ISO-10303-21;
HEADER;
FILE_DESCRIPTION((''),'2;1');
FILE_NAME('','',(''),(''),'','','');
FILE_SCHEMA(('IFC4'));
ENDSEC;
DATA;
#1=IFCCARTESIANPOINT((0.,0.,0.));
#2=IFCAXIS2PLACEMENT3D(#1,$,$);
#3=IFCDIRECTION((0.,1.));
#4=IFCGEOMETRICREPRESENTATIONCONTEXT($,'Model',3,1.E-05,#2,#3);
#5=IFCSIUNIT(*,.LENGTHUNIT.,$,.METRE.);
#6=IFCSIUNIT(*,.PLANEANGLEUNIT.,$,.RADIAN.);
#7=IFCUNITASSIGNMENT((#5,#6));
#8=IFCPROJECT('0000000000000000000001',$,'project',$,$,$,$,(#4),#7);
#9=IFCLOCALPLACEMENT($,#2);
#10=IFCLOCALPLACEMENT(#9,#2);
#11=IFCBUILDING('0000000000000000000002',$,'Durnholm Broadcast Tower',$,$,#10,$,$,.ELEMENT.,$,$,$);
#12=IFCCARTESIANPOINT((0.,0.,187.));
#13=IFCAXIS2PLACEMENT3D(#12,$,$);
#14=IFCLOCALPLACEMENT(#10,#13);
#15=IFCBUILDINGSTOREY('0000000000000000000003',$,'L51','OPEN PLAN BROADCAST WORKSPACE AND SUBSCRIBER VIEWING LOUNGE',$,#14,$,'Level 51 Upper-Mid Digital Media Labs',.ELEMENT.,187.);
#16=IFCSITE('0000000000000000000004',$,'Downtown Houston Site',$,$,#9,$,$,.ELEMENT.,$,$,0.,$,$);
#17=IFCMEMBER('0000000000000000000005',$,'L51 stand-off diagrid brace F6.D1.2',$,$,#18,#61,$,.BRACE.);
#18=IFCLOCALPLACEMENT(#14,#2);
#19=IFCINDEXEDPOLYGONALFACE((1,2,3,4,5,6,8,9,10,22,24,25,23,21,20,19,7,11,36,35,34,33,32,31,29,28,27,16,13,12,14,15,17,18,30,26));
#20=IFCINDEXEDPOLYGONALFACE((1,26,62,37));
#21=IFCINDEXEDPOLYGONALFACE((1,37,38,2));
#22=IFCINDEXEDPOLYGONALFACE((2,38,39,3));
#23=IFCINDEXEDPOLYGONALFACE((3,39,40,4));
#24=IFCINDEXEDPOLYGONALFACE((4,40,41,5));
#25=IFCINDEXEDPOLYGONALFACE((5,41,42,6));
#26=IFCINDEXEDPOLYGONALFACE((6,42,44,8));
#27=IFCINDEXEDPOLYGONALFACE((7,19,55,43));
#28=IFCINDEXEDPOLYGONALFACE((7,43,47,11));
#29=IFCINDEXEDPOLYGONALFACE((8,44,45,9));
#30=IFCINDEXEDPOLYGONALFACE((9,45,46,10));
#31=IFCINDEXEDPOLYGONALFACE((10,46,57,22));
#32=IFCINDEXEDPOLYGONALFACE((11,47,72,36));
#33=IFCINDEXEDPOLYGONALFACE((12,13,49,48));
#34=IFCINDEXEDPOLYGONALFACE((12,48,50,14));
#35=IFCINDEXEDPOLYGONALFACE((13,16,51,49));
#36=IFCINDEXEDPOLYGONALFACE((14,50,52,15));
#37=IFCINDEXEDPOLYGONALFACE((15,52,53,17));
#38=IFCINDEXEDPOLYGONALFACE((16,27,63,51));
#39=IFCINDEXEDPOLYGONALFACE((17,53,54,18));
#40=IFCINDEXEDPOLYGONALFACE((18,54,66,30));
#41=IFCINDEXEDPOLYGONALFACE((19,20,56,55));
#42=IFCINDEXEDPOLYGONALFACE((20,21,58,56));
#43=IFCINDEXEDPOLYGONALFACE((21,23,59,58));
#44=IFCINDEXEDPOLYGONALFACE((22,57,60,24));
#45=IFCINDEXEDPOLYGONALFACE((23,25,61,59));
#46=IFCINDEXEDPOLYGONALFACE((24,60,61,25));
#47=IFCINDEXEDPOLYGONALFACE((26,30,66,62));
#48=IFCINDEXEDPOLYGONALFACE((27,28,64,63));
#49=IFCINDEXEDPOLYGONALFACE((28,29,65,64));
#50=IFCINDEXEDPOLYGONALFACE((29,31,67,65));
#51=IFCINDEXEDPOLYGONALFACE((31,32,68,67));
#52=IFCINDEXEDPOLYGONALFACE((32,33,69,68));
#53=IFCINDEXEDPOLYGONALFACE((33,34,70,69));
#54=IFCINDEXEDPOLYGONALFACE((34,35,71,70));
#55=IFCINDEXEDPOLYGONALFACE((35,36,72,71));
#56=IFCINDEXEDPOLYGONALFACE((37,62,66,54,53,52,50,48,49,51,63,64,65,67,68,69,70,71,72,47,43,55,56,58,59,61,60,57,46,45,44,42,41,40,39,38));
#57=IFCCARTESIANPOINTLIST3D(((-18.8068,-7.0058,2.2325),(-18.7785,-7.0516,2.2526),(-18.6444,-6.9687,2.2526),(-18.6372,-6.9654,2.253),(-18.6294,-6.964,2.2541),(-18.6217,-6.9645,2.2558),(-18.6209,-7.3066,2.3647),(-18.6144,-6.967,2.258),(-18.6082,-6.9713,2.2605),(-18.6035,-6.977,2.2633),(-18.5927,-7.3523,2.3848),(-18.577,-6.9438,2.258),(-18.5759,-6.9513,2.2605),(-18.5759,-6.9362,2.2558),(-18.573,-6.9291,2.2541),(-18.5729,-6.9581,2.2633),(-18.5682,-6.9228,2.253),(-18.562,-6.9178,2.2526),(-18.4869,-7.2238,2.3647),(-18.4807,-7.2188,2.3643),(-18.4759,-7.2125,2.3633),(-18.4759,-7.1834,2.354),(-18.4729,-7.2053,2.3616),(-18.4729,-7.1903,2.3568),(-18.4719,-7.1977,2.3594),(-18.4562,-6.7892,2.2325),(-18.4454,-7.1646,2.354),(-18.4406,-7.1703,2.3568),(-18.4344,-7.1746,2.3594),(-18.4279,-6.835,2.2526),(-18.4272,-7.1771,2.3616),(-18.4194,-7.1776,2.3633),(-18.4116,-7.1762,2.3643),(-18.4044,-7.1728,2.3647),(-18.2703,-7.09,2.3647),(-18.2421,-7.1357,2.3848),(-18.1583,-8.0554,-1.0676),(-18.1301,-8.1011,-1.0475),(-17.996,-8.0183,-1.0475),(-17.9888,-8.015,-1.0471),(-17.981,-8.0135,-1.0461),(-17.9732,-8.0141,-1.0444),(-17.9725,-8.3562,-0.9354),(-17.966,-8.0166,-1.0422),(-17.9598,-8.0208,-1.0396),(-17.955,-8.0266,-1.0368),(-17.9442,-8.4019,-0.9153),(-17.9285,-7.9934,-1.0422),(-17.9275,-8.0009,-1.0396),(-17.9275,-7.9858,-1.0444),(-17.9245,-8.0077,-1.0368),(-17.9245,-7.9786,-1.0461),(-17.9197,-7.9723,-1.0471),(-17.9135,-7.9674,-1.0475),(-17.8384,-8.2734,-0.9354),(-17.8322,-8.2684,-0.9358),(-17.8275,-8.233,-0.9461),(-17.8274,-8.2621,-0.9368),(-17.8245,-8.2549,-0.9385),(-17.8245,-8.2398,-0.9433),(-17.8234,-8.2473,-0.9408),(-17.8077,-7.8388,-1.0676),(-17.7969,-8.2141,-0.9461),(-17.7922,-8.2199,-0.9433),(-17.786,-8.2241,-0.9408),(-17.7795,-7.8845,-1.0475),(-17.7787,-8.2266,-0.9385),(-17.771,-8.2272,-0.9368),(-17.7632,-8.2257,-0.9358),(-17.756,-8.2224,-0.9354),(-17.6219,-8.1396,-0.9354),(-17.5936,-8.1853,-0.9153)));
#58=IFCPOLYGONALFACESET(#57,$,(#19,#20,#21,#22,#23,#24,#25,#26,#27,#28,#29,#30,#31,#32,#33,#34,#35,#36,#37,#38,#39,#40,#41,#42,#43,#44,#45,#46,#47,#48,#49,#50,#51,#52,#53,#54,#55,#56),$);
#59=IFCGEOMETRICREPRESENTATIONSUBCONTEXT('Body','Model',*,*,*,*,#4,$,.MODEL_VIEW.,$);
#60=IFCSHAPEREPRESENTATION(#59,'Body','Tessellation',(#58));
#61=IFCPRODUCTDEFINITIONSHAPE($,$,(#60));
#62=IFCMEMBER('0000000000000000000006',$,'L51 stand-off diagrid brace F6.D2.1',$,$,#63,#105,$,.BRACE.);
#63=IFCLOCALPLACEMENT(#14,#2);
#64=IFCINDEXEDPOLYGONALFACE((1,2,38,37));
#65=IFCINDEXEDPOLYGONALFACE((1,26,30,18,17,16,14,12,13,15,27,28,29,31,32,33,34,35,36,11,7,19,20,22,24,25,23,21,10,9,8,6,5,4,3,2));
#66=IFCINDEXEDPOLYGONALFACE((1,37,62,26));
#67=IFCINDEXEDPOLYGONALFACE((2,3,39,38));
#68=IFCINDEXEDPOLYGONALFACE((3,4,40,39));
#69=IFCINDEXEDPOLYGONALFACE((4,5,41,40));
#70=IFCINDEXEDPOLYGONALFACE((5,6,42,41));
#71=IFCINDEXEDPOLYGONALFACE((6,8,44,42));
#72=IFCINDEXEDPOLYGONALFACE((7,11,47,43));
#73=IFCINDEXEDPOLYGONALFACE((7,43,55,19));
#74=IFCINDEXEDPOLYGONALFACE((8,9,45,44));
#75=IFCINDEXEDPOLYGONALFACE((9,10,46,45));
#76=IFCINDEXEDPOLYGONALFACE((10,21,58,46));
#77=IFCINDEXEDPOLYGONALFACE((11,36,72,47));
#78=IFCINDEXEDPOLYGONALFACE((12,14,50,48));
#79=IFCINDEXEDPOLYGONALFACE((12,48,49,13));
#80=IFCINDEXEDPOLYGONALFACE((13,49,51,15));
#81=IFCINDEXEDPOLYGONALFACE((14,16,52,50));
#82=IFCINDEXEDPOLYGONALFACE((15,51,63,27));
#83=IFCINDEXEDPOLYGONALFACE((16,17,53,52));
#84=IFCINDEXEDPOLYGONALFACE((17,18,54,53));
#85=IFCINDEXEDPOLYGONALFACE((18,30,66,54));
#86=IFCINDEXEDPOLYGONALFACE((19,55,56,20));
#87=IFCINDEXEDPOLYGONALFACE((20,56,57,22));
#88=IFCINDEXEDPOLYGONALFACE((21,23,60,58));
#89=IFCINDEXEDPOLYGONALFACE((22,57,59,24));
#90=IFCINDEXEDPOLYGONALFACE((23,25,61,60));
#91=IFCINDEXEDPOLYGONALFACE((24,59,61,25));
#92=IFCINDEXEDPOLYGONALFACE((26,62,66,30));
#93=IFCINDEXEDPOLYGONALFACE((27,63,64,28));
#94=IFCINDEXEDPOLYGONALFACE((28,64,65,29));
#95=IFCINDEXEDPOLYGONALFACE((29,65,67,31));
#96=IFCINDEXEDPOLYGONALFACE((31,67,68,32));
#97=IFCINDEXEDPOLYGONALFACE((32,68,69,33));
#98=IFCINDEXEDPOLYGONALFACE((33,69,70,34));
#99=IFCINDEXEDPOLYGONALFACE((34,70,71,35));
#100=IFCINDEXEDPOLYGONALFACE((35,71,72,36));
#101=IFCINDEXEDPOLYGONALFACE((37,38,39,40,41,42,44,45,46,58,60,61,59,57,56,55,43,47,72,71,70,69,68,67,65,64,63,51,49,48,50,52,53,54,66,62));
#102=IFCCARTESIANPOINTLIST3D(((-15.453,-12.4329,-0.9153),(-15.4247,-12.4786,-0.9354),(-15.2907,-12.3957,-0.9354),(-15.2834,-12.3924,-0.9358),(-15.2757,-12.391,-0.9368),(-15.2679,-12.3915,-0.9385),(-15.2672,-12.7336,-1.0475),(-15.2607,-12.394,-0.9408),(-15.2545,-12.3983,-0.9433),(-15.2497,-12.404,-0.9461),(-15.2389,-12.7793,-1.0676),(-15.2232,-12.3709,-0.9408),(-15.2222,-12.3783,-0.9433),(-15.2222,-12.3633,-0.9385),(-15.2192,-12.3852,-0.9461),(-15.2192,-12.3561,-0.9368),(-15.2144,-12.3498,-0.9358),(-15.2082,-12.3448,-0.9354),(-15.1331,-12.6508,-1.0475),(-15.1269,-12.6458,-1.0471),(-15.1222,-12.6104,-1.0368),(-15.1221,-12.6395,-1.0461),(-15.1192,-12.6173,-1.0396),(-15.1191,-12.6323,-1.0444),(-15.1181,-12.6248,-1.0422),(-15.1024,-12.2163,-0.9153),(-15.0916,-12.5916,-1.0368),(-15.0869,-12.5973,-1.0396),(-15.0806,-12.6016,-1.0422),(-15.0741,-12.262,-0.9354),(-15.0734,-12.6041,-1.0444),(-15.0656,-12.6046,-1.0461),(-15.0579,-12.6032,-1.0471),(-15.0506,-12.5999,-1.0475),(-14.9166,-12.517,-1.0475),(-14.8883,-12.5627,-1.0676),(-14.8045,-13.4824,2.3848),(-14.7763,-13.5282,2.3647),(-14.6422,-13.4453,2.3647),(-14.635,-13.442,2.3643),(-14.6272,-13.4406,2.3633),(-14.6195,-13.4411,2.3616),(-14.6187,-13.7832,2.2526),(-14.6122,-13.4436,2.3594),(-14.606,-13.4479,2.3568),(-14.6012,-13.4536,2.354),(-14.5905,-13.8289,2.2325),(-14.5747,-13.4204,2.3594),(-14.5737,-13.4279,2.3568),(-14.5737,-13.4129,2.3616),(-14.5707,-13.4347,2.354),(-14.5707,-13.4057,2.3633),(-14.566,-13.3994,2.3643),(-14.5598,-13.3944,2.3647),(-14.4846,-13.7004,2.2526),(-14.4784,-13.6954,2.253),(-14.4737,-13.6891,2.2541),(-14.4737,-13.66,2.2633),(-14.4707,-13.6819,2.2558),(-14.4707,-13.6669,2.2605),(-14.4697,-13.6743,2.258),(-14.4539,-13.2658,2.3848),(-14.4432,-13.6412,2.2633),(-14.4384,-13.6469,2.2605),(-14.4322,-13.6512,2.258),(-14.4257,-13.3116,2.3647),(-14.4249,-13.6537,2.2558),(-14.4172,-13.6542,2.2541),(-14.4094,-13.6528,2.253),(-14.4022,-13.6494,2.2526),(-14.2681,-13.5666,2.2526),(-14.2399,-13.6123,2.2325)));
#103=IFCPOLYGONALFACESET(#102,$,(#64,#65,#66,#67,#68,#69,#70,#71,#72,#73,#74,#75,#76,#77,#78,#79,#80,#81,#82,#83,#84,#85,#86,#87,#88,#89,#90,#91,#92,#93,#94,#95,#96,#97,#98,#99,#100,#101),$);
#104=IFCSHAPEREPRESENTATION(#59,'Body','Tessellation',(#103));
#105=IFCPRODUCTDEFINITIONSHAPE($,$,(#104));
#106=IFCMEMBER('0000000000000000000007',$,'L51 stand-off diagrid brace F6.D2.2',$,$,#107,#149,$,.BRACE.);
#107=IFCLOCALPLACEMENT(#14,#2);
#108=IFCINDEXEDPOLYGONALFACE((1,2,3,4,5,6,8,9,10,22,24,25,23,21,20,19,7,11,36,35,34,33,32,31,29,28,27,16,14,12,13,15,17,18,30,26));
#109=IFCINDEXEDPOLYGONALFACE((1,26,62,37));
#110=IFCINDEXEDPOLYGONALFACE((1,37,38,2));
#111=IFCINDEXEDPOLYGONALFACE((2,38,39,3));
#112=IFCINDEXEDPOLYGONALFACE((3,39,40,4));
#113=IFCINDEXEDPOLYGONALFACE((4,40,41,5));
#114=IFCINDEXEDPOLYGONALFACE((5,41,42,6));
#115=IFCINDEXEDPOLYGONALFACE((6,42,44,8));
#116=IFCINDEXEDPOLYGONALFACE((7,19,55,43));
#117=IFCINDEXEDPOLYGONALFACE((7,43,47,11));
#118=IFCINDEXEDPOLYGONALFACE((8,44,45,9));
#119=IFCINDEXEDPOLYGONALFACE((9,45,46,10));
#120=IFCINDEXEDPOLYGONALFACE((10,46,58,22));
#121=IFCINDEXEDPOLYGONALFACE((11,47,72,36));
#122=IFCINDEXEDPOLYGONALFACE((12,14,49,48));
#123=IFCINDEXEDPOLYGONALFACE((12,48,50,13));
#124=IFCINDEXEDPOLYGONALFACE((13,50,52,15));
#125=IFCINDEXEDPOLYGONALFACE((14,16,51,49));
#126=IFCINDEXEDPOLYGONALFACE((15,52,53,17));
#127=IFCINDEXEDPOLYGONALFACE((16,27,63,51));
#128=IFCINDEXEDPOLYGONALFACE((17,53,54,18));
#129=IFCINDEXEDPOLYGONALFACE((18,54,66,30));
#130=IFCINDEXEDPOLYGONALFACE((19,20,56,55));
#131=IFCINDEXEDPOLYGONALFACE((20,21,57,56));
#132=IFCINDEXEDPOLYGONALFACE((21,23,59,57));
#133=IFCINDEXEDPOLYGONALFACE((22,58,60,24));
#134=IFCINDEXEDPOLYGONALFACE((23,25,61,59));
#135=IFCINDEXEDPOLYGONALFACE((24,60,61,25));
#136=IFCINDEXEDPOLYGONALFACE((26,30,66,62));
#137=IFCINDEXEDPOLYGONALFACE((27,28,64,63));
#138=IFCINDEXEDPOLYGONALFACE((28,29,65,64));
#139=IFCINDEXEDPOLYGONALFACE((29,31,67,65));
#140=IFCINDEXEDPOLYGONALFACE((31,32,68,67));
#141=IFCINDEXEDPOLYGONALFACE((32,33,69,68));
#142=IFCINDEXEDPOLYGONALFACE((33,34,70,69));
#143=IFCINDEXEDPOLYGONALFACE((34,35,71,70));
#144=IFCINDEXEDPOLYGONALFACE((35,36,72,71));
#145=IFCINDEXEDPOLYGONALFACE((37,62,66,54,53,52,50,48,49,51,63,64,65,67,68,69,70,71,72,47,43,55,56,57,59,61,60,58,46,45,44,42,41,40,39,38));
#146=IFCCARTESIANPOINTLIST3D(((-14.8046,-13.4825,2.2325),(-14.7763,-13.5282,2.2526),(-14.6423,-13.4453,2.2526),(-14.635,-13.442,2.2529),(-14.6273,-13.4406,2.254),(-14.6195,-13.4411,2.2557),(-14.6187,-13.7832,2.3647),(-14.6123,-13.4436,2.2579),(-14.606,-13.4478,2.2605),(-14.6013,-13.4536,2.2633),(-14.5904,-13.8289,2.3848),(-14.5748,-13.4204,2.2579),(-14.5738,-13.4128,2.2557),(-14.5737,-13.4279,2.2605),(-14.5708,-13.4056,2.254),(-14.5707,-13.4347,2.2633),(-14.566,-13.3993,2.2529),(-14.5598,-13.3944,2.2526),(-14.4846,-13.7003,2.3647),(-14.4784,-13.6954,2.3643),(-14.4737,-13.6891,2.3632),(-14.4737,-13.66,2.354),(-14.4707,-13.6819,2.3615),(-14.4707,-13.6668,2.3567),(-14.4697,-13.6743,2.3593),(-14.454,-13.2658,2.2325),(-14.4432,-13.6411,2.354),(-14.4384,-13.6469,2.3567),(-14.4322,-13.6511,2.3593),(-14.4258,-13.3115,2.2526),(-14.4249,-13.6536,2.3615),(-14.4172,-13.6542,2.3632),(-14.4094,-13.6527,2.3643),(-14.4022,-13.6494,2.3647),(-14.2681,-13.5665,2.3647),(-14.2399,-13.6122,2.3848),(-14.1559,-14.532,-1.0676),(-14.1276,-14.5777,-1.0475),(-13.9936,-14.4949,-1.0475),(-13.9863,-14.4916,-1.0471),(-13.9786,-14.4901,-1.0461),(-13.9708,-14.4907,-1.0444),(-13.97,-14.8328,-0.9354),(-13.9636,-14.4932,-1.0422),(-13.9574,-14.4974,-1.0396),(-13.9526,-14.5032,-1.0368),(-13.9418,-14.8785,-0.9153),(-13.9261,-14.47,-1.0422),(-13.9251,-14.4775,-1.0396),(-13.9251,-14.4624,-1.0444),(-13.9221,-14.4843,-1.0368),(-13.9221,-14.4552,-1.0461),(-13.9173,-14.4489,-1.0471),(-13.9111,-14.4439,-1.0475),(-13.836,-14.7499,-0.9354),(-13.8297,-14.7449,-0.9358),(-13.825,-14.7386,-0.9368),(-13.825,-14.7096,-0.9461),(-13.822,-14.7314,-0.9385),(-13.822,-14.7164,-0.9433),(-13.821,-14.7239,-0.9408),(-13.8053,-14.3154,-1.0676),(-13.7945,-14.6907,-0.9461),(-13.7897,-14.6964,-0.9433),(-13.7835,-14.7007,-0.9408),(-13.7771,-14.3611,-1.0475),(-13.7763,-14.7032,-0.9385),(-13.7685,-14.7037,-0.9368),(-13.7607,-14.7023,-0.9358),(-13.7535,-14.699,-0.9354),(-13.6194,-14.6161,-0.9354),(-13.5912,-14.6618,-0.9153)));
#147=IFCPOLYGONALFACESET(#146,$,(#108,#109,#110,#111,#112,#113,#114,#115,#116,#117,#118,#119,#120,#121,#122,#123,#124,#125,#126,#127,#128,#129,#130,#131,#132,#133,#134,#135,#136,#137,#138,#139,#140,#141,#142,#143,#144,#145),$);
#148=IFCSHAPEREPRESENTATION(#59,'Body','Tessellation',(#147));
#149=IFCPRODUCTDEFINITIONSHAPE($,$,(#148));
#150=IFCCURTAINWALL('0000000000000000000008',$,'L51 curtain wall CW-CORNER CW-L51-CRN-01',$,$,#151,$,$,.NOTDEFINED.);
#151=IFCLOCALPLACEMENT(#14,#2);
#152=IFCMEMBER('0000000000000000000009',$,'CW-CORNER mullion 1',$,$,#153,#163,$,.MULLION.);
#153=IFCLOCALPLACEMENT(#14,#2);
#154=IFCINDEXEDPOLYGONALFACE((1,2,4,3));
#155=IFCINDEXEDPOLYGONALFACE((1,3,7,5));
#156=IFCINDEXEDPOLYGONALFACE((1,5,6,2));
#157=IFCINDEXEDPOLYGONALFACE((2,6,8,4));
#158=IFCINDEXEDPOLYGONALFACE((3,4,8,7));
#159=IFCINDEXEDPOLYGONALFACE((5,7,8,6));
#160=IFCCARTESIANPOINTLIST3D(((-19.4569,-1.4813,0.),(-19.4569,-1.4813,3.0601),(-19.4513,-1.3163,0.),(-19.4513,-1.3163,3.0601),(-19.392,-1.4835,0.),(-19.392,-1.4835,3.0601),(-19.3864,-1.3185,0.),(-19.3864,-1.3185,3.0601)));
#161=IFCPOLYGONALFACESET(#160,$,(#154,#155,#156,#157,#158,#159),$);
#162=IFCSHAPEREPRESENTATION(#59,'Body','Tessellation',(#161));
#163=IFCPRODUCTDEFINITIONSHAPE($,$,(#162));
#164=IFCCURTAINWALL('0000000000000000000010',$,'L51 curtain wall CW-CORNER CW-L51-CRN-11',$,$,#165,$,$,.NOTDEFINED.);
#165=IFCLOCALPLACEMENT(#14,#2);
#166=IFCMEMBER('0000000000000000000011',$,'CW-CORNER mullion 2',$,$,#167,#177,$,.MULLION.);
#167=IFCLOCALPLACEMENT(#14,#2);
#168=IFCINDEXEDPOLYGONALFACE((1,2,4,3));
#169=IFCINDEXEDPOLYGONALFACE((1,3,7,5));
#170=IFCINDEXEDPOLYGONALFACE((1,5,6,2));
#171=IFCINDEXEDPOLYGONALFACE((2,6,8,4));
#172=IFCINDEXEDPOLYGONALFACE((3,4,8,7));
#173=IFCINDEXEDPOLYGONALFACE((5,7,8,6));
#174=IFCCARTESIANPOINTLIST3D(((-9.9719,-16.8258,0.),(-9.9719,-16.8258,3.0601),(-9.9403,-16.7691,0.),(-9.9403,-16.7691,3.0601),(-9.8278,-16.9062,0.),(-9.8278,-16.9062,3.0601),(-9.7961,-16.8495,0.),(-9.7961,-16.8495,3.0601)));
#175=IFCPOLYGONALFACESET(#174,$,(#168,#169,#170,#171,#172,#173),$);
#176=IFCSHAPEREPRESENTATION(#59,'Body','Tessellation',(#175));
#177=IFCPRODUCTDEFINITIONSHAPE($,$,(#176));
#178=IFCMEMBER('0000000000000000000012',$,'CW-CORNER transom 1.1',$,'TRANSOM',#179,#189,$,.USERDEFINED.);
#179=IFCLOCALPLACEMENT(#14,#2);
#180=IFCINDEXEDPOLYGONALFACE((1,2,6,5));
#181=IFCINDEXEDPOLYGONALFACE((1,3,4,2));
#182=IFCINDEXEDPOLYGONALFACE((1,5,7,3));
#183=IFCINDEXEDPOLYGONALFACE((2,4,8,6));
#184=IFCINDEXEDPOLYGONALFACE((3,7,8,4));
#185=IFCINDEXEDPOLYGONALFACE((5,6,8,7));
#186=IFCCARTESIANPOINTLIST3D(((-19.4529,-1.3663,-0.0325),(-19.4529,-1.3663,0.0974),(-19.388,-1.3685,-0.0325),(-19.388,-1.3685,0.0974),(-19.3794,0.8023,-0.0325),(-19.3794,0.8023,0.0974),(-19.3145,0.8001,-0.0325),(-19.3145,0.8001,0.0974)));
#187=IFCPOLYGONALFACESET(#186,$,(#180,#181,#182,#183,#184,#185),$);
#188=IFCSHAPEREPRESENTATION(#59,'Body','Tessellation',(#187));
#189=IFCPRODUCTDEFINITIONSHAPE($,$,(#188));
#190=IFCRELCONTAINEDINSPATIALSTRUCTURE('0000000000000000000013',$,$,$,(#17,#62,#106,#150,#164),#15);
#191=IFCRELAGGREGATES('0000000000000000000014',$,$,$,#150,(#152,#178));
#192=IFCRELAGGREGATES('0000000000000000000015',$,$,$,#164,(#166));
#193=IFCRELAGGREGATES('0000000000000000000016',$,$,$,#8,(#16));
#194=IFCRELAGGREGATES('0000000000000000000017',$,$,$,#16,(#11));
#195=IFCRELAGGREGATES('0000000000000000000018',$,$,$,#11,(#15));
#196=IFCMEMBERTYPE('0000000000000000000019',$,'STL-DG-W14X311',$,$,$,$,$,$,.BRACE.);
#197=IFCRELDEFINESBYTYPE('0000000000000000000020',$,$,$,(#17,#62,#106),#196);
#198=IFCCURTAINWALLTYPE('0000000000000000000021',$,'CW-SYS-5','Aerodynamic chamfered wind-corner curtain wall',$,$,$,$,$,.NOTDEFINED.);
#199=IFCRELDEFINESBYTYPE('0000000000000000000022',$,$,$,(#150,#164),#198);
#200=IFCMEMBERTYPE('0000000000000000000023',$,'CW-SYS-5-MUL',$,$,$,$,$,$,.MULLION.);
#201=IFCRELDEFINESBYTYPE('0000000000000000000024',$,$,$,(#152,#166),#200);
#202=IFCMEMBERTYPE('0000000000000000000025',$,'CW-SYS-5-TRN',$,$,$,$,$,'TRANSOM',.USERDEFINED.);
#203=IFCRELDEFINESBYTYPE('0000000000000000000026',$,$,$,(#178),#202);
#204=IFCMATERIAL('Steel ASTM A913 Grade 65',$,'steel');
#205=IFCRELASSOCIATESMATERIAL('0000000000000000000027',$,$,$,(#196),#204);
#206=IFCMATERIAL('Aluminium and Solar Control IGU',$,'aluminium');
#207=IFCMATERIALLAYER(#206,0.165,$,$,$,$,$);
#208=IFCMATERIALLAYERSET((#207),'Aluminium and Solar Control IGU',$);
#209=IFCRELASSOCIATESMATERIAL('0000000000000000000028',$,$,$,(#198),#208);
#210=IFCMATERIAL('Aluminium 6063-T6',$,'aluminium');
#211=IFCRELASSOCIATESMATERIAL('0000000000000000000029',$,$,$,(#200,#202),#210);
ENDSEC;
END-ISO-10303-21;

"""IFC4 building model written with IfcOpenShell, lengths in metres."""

from ifc_helpers import new_model, si_unit, direction, frame, origin, origin_2d, place, context, subcontext, project, spatial, rectangle, i_section, extrude, source, transform, mapped, material, layer, layer_set, material_profile, profile_set, type_object, type_shapes, element, aggregate, save


model = new_model("IFC4")

# Units and contexts
model_context = context("Model", 3, precision=1e-05, world=origin(), true_north=direction((0.0, 1.0)))
body_context = subcontext(model_context, "Body", "Model", "MODEL_VIEW")
ifc_project = project(units=[si_unit("LENGTHUNIT", "METRE"), si_unit("PLANEANGLEUNIT", "RADIAN")], contexts=[model_context])

# Site, building, storey
site_placement = place(None, origin())
site = spatial("IfcSite", under=ifc_project, at=site_placement, Name="Downtown Houston Site", CompositionType="ELEMENT", RefElevation=0.0)
building_placement = place(site_placement, origin())
building = spatial("IfcBuilding", under=site, at=building_placement, Name="Durnholm Broadcast Tower", CompositionType="ELEMENT")
storey_placement = place(building_placement, frame((0.0, 0.0, 187.0)))
storey = spatial("IfcBuildingStorey", under=building, at=storey_placement, Name="L51", Description="OPEN PLAN BROADCAST WORKSPACE AND SUBSCRIBER VIEWING LOUNGE", LongName="Level 51 Upper-Mid Digital Media Labs", CompositionType="ELEMENT", Elevation=187.0)

# Members
ifc_material_1 = material(Name="Steel ASTM A913 Grade 65", Category="steel")
ifc_material_profile_1 = material_profile(ifc_material_1, i_section(OverallWidth=0.4121, OverallDepth=0.4348, WebThickness=0.0359, FlangeThickness=0.0574, FilletRadius=0.0305, at=origin_2d()), Name="W14X311")
ifc_profile_set_1 = profile_set([ifc_material_profile_1], Name="Steel ASTM A913 Grade 65")
member_type_1 = type_object("IfcMemberType", Name="STL-DG-W14X311", PredefinedType="BRACE", material=ifc_profile_set_1)
shared_shape_1 = source(origin(), body_context, "Body", "SweptSolid", [
    extrude(i_section(OverallWidth=0.4121, OverallDepth=0.4348, WebThickness=0.0359, FlangeThickness=0.0574, FilletRadius=0.0305, at=origin_2d()), origin(), (0.0, 0.0, 1.0), 3.5232),
])
type_shapes(member_type_1, [shared_shape_1])
for number, where, z_axis, x_axis, name in (
    (1, (-17.876, -8.1204, -0.9915), (-0.184052, 0.297907, 0.936684), (-0.850733, -0.525598, 0.0), "L51 stand-off diagrid brace F6.D1.2"),
    (2, (-15.1707, -12.4978, -0.9915), (0.184052, -0.297907, 0.936684), (0.850733, 0.525598, 0.0), "L51 stand-off diagrid brace F6.D2.1"),
    (3, (-13.8735, -14.5969, -0.9915), (-0.184119, 0.297903, 0.936672), (-0.850644, -0.525741, 0.0), "L51 stand-off diagrid brace F6.D2.2"),
):
    element("IfcMember", number, at=place(storey_placement, frame(where, z_axis=z_axis, x_axis=x_axis)), inside=storey, type_object=member_type_1, Name=name, PredefinedType="BRACE", context=body_context, shape_type="MappedRepresentation", body=[
        mapped(shared_shape_1, transform((0.0, 0.0, 0.0), x_axis=(1.0, 0.0, 0.0), y_axis=(0.0, 1.0, 0.0), z_axis=(0.0, 0.0, 1.0), scale=1.0)),
    ])

# Curtain walls, members
ifc_material_2 = material(Name="Aluminium and Solar Control IGU", Category="aluminium")
ifc_layer_1 = layer(ifc_material_2, 0.165)
ifc_layer_set_1 = layer_set([ifc_layer_1], Name="Aluminium and Solar Control IGU")
curtain_wall_type_1 = type_object("IfcCurtainWallType", Name="CW-SYS-5", Description="Aerodynamic chamfered wind-corner curtain wall", PredefinedType="NOTDEFINED", material=ifc_layer_set_1)
curtain_wall_1_placement = place(storey_placement, origin())
curtain_wall_1 = element("IfcCurtainWall", 4, at=curtain_wall_1_placement, inside=storey, type_object=curtain_wall_type_1, Name="L51 curtain wall CW-CORNER CW-L51-CRN-01", PredefinedType="NOTDEFINED")
ifc_material_3 = material(Name="Aluminium 6063-T6", Category="aluminium")
ifc_material_profile_2 = material_profile(ifc_material_3, rectangle(XDim=0.0649, YDim=0.165, at=origin_2d()), Name="CWM65X165")
ifc_profile_set_2 = profile_set([ifc_material_profile_2], Name="Aluminium 6063-T6")
member_type_2 = type_object("IfcMemberType", Name="CW-SYS-5-MUL", PredefinedType="MULLION", material=ifc_profile_set_2)
shared_shape_2 = source(origin(), body_context, "Body", "SweptSolid", [
    extrude(rectangle(XDim=0.0649, YDim=0.165, at=origin_2d()), origin(), (0.0, 0.0, 1.0), 3.0601),
])
type_shapes(member_type_2, [shared_shape_2])
member_1_placement = place(storey_placement, frame((-19.4216, -1.3999, 0.0), z_axis=(0.0, 0.0, 1.0), x_axis=(-0.999425, 0.033913, 0.0)))
member_1 = element("IfcMember", 5, at=member_1_placement, type_object=member_type_2, Name="CW-CORNER mullion 1", PredefinedType="MULLION", context=body_context, shape_type="MappedRepresentation", body=[
    mapped(shared_shape_2, transform((0.0, 0.0, 0.0), x_axis=(1.0, 0.0, 0.0), y_axis=(0.0, 1.0, 0.0), z_axis=(0.0, 0.0, 1.0), scale=1.0)),
])
curtain_wall_2_placement = place(storey_placement, origin())
curtain_wall_2 = element("IfcCurtainWall", 6, at=curtain_wall_2_placement, inside=storey, type_object=curtain_wall_type_1, Name="L51 curtain wall CW-CORNER CW-L51-CRN-11", PredefinedType="NOTDEFINED")
member_2_placement = place(storey_placement, frame((-9.884, -16.8376, 0.0), z_axis=(0.0, 0.0, 1.0), x_axis=(-0.486986, -0.87341, 0.0)))
member_2 = element("IfcMember", 7, at=member_2_placement, type_object=member_type_2, Name="CW-CORNER mullion 2", PredefinedType="MULLION", context=body_context, shape_type="MappedRepresentation", body=[
    mapped(shared_shape_2, transform((0.0, 0.0, 0.0), x_axis=(1.0, 0.0, 0.0), y_axis=(0.0, 1.0, 0.0), z_axis=(0.0, 0.0, 1.0), scale=1.0)),
])

# Member
ifc_material_profile_3 = material_profile(ifc_material_3, rectangle(XDim=0.0649, YDim=0.1299, at=origin_2d()), Name="CWT65X130")
ifc_profile_set_3 = profile_set([ifc_material_profile_3], Name="Aluminium 6063-T6")
member_type_3 = type_object("IfcMemberType", Name="CW-SYS-5-TRN", ElementType="TRANSOM", PredefinedType="USERDEFINED", material=ifc_profile_set_3)
shared_shape_3 = source(origin(), body_context, "Body", "SweptSolid", [
    extrude(rectangle(XDim=0.0649, YDim=0.1299, at=origin_2d()), origin(), (0.0, 0.0, 1.0), 2.1699),
])
type_shapes(member_type_3, [shared_shape_3])
member_3_placement = place(storey_placement, frame((-19.4204, -1.3674, 0.0325), z_axis=(0.033866, 0.999426, 0.0), x_axis=(-0.999426, 0.033866, 0.0)))
member_3 = element("IfcMember", 8, at=member_3_placement, type_object=member_type_3, Name="CW-CORNER transom 1.1", ObjectType="TRANSOM", PredefinedType="USERDEFINED", context=body_context, shape_type="MappedRepresentation", body=[
    mapped(shared_shape_3, transform((0.0, 0.0, 0.0), x_axis=(1.0, 0.0, 0.0), y_axis=(0.0, 1.0, 0.0), z_axis=(0.0, 0.0, 1.0), scale=1.0)),
])

aggregate(curtain_wall_1, [member_1, member_3])
aggregate(curtain_wall_2, [member_2])

save(model, "model.ifc")
